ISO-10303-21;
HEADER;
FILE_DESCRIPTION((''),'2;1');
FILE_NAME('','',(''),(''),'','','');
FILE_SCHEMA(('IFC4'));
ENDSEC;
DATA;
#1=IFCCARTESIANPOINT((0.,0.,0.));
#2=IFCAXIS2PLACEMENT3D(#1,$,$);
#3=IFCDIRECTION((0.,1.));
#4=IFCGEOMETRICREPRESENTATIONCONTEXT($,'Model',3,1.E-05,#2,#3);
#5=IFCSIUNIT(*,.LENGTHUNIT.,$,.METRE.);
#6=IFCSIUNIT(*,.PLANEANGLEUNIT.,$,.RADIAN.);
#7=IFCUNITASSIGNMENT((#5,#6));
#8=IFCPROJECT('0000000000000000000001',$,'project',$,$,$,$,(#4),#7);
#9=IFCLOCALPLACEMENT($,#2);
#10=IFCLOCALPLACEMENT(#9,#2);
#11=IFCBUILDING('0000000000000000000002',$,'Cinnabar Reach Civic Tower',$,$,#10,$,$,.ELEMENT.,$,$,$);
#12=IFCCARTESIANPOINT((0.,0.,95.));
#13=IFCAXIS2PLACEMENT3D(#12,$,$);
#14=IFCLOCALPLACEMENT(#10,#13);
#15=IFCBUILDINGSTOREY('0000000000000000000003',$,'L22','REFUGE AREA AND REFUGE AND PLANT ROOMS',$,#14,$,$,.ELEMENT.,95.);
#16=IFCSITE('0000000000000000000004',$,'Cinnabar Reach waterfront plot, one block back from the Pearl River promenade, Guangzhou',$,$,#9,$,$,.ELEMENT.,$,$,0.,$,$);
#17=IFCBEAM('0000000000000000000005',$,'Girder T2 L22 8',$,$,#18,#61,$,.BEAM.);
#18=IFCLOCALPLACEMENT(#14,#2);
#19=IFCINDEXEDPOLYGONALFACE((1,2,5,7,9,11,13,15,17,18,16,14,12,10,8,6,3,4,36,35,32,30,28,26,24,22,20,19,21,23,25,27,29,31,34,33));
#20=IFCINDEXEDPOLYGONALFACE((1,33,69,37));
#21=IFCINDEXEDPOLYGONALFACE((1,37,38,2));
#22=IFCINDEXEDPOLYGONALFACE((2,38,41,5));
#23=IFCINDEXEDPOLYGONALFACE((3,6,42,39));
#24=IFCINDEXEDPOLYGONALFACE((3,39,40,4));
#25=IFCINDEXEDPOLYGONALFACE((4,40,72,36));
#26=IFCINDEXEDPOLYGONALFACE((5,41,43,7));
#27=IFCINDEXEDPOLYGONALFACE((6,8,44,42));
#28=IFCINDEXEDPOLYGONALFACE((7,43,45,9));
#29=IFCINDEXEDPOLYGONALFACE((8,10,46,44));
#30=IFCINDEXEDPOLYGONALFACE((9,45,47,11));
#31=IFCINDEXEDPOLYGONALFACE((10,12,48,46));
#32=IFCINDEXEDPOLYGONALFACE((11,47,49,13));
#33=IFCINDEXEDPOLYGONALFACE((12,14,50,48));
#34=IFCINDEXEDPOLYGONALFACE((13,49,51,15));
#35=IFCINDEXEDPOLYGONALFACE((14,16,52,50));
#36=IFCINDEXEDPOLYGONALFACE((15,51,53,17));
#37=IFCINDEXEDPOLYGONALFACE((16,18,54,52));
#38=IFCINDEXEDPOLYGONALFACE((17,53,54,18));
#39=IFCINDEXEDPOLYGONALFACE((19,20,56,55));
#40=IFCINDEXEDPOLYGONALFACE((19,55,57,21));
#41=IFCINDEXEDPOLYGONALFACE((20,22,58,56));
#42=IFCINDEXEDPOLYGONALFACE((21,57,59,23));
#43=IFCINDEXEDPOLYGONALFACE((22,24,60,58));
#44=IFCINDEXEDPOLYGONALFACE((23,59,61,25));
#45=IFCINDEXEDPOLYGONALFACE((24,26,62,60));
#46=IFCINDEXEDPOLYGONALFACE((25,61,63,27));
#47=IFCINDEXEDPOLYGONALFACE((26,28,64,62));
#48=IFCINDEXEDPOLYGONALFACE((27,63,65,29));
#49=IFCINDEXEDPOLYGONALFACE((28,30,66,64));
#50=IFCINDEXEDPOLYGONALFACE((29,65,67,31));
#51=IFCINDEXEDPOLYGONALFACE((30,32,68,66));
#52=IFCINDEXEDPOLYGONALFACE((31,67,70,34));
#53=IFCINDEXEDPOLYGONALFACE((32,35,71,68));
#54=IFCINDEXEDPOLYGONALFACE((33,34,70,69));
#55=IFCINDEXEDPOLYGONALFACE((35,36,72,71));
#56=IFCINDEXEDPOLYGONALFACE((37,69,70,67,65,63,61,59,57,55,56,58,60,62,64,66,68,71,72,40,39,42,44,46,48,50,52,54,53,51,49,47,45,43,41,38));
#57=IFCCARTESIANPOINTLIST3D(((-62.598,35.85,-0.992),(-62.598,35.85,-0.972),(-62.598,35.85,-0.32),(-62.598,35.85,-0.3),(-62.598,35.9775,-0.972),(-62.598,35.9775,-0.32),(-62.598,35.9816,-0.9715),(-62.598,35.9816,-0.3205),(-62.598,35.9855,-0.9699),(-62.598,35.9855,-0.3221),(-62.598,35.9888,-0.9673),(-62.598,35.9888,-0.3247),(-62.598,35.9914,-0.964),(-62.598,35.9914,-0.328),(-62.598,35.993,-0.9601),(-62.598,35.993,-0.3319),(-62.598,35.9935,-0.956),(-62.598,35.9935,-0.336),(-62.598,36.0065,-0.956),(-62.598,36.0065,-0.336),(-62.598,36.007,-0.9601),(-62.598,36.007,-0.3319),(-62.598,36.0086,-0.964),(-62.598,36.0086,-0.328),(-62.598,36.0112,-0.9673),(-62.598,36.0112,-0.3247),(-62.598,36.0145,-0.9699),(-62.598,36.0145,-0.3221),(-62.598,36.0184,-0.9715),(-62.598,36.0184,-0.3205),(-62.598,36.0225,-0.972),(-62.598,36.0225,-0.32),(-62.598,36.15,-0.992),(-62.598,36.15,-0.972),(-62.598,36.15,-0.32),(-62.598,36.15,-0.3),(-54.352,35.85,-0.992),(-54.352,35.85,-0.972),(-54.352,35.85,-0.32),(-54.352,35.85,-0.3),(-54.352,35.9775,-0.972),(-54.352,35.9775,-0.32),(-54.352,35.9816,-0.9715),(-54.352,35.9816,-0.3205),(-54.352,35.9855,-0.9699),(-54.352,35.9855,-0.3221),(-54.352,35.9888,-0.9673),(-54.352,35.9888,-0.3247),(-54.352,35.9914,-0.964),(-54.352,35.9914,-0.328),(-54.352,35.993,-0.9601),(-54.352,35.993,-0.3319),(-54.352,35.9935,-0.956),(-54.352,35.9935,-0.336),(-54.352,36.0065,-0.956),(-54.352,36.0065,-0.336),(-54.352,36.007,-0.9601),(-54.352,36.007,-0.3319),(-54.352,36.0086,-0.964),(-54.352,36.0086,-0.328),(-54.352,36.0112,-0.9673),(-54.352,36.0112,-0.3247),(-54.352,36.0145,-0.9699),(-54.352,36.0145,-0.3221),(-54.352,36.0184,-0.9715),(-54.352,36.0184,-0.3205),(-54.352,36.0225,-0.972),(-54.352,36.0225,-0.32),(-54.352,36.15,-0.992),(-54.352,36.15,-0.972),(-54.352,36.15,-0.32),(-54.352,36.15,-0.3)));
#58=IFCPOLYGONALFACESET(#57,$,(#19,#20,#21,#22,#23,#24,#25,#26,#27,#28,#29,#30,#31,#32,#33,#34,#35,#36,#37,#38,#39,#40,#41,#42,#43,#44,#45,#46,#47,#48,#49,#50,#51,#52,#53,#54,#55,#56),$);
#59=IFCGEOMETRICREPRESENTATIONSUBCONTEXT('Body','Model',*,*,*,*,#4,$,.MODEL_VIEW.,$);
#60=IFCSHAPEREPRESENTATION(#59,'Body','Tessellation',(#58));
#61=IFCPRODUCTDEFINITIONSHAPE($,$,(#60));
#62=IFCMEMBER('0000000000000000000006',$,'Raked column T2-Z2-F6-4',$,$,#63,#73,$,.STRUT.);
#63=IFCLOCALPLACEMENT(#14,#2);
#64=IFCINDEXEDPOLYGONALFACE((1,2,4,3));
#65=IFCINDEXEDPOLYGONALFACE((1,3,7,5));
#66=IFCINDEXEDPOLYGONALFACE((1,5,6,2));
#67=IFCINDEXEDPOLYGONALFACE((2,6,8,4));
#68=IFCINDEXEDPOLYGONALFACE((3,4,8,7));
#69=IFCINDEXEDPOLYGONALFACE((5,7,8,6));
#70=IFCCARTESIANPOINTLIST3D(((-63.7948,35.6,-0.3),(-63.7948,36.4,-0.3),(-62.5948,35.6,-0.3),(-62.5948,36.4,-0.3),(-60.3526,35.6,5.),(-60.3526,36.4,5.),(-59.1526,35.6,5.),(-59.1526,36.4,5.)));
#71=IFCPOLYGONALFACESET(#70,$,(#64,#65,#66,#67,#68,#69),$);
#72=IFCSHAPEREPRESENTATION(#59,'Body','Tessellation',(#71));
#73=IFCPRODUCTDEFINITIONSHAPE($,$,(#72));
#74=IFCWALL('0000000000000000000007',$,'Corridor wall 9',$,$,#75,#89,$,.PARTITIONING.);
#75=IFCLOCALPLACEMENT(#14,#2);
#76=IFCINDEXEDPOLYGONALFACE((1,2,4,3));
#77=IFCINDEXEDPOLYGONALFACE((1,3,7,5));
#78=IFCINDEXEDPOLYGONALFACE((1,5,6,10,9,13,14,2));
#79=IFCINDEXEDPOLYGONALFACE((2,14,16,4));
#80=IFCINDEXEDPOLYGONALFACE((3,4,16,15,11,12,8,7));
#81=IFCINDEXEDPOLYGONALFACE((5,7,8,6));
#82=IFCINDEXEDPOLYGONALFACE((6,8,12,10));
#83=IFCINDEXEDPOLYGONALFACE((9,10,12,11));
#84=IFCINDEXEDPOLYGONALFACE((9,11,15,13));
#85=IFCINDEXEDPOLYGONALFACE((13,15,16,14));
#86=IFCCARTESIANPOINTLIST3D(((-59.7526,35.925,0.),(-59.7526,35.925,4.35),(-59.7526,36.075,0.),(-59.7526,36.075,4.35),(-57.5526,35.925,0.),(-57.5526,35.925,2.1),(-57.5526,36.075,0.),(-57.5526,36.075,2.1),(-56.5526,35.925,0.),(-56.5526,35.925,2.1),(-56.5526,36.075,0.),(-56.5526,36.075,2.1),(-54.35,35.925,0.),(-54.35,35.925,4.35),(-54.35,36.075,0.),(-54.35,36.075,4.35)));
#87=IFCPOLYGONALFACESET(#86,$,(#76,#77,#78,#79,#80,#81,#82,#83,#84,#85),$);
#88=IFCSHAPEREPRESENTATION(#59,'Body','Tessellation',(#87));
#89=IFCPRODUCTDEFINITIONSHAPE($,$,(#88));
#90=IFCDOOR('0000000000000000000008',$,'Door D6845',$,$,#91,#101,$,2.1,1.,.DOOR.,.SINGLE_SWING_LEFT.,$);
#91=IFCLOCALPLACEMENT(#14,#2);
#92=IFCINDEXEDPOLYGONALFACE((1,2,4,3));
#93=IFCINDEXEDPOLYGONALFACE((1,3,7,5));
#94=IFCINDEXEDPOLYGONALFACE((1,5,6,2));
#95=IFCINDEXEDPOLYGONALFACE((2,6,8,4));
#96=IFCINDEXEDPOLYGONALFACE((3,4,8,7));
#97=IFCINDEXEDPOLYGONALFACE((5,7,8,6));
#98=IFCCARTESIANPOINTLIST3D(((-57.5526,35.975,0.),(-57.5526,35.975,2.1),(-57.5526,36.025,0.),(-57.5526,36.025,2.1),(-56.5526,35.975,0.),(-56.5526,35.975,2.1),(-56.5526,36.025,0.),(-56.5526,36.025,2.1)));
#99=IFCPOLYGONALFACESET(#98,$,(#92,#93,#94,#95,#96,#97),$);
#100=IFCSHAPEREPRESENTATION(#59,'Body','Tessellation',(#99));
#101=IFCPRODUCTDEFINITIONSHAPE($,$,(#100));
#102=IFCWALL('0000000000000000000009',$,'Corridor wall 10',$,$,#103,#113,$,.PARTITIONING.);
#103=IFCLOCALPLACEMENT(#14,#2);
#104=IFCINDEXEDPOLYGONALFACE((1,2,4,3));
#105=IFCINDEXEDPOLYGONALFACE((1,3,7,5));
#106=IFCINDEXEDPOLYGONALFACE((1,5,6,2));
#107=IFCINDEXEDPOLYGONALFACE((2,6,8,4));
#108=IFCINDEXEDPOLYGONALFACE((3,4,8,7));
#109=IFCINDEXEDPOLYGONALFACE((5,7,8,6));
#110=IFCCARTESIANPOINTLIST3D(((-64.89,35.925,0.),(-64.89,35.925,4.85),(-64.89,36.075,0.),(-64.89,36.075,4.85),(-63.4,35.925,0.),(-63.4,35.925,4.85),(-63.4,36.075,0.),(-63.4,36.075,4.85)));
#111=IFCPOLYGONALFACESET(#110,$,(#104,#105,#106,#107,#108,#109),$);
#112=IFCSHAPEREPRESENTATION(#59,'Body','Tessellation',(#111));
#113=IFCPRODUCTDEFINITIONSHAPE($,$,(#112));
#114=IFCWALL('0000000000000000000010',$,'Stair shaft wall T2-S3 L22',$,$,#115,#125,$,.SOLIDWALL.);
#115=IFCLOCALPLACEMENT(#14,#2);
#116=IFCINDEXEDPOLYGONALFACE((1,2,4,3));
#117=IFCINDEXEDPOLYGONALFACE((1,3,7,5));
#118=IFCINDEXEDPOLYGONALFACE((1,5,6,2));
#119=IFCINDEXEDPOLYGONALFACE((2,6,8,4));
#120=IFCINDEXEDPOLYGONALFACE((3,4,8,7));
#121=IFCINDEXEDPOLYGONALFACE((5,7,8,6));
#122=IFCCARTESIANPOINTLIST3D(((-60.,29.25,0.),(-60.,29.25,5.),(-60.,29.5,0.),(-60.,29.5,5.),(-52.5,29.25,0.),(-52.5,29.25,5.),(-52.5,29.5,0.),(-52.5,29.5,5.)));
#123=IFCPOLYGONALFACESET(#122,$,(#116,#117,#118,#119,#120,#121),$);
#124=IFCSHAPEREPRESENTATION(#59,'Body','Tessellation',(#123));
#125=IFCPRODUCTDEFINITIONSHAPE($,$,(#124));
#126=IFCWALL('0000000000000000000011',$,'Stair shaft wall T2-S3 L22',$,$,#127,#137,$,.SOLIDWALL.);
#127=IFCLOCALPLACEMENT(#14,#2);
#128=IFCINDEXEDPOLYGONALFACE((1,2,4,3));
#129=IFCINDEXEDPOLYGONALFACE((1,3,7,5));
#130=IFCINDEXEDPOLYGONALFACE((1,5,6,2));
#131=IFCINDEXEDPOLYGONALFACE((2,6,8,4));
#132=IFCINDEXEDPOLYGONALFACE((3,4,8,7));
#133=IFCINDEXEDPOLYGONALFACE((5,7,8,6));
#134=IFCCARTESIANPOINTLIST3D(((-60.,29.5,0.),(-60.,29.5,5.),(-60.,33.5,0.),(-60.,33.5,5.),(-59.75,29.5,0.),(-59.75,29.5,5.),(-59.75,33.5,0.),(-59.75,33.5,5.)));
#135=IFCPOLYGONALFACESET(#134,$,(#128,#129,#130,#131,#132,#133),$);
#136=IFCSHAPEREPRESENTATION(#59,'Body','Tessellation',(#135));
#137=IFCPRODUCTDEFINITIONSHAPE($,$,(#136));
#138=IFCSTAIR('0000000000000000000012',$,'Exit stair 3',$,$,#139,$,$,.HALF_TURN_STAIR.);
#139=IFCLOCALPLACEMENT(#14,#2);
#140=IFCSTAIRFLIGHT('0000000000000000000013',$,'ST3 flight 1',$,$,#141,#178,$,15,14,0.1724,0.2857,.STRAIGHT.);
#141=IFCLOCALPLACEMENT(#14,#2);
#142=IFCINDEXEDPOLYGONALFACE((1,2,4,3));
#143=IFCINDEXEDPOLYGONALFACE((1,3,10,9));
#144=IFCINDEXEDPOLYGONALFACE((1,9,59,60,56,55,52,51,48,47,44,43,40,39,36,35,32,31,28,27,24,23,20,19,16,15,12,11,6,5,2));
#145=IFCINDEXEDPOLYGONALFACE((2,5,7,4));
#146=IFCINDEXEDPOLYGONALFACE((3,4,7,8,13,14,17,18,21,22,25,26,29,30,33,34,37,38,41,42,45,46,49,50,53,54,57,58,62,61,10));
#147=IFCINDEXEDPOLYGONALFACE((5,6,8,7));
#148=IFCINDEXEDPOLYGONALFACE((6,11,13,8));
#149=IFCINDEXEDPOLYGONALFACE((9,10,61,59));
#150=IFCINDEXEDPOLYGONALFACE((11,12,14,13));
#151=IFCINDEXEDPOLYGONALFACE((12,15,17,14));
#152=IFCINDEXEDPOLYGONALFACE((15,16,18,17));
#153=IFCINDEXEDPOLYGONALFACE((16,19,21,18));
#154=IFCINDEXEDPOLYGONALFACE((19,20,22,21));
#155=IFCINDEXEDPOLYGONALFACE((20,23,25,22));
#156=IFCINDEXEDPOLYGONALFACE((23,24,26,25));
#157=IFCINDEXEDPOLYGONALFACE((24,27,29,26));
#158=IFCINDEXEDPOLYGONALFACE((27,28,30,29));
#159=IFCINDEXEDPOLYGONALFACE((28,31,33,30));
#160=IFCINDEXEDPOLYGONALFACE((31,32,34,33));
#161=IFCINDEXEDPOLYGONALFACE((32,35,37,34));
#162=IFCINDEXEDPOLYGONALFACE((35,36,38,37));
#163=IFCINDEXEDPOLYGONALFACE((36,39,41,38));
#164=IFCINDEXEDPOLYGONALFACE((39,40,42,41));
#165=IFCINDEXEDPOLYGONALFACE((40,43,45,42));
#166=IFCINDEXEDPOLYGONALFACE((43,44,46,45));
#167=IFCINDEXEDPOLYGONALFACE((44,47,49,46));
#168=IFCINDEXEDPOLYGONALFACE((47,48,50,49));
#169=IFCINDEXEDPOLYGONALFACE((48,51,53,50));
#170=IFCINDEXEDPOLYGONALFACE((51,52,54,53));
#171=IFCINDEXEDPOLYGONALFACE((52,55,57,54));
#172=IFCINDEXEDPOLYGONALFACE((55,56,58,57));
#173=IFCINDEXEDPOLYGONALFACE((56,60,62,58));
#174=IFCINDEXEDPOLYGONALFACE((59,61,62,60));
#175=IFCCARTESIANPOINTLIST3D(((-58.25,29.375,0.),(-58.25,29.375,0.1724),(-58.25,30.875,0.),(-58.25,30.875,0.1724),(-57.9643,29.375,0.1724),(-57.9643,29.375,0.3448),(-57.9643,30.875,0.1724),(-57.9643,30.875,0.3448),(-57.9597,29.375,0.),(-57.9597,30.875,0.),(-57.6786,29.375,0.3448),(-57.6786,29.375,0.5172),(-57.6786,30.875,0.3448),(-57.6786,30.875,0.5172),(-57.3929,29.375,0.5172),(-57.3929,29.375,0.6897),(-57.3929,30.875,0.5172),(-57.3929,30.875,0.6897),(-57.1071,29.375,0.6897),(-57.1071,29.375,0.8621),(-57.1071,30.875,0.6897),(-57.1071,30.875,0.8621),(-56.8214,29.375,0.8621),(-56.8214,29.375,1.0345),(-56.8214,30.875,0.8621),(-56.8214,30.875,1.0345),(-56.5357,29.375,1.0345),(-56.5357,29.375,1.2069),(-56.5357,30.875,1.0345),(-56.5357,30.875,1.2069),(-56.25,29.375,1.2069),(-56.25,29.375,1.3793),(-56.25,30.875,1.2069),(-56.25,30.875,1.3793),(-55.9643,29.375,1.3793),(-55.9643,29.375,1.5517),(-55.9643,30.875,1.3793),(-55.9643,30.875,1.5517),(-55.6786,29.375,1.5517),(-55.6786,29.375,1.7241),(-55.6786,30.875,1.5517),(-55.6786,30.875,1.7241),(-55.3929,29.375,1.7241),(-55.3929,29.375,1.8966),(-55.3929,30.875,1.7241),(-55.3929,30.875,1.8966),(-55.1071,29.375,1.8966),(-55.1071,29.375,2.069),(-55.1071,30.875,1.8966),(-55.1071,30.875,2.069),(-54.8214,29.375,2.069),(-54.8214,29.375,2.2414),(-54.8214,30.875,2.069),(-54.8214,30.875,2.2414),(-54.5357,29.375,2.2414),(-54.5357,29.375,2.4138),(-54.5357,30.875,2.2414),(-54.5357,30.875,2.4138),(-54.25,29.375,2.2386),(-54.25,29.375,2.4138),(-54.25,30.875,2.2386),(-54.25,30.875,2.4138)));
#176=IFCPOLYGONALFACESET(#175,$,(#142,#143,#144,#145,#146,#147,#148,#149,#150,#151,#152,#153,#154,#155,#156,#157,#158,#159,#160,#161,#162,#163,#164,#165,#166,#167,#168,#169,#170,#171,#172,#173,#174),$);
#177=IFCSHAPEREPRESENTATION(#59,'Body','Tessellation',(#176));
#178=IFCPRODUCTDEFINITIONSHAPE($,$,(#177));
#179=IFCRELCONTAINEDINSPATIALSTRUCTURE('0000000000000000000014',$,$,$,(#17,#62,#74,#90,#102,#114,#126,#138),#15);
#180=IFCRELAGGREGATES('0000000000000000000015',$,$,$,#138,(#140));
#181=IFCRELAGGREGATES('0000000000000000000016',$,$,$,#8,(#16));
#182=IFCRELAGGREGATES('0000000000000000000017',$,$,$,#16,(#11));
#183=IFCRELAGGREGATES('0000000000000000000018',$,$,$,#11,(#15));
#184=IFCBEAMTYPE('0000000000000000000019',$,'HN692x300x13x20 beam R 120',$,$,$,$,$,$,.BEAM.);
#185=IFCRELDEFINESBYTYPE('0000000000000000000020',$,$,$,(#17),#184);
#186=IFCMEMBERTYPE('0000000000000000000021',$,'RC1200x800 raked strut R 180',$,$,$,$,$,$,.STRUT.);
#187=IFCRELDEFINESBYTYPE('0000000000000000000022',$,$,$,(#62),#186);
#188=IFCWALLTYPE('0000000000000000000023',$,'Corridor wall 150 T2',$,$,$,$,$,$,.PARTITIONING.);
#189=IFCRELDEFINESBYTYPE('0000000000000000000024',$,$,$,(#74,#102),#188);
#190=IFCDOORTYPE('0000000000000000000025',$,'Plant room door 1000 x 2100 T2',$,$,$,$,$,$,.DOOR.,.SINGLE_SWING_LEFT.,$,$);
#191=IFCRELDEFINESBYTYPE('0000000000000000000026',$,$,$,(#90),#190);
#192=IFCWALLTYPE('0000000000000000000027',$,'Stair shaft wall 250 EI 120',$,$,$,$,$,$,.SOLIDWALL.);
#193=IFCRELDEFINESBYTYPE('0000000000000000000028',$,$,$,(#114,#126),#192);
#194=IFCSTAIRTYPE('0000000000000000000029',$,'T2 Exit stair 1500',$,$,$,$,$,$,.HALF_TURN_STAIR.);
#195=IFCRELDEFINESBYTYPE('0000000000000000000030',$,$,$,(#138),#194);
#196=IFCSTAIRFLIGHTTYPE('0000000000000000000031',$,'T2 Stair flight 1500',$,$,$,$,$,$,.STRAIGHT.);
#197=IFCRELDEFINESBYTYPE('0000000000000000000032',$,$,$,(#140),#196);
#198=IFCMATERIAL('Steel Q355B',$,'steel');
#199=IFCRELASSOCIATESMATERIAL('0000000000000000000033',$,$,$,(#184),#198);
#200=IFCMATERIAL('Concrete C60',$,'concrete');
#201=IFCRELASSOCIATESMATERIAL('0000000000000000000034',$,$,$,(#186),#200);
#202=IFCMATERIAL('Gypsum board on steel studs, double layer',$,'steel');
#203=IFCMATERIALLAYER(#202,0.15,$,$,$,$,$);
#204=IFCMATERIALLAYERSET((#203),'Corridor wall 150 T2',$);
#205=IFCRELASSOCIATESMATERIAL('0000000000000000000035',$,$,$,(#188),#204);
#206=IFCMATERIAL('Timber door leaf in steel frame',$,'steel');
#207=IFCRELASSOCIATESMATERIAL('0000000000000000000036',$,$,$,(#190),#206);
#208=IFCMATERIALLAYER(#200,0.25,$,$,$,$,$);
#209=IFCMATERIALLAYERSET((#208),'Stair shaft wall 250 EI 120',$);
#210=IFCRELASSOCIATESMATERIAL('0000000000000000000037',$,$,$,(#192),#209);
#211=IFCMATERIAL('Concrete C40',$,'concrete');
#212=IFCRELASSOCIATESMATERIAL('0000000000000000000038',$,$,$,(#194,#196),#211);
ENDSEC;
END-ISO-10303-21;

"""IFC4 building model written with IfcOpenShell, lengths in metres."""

from ifc_helpers import new_model, si_unit, direction, frame, frame_2d, origin, origin_2d, place, context, subcontext, project, spatial, polyline, rectangle, i_section, outline, extrude, material, layer, layer_set, material_profile, profile_set, type_object, element, fill, aggregate, save


model = new_model("IFC4")

# Units and contexts
model_context = context("Model", 3, precision=1e-05, world=origin(), true_north=direction((0.0, 1.0)))
body_context = subcontext(model_context, "Body", "Model", "MODEL_VIEW")
ifc_project = project(units=[si_unit("LENGTHUNIT", "METRE"), si_unit("PLANEANGLEUNIT", "RADIAN")], contexts=[model_context])

# Site, building, storey
site_placement = place(None, origin())
site = spatial("IfcSite", under=ifc_project, at=site_placement, Name="Cinnabar Reach waterfront plot, one block back from the Pearl River promenade, Guangzhou", CompositionType="ELEMENT", RefElevation=0.0)
building_placement = place(site_placement, origin())
building = spatial("IfcBuilding", under=site, at=building_placement, Name="Cinnabar Reach Civic Tower", CompositionType="ELEMENT")
storey_placement = place(building_placement, frame((0.0, 0.0, 95.0)))
storey = spatial("IfcBuildingStorey", under=building, at=storey_placement, Name="L22", Description="REFUGE AREA AND REFUGE AND PLANT ROOMS", CompositionType="ELEMENT", Elevation=95.0)

# Shared definitions
ifc_material_1 = material(Name="Concrete C60", Category="concrete")

# Beam
ifc_material_2 = material(Name="Steel Q355B", Category="steel")
ifc_material_profile_1 = material_profile(ifc_material_2, i_section(OverallWidth=0.3, OverallDepth=0.692, WebThickness=0.013, FlangeThickness=0.02, FilletRadius=0.016, at=origin_2d()), Name="HN692x300x13x20")
ifc_profile_set_1 = profile_set([ifc_material_profile_1], Name="Steel Q355B")
beam_type_1 = type_object("IfcBeamType", Name="HN692x300x13x20 beam R 120", PredefinedType="BEAM", material=ifc_profile_set_1)
beam_1_placement = place(storey_placement, frame((-62.598, 36.0, -0.646), z_axis=(1.0, 0.0, 0.0), x_axis=(0.0, 1.0, 0.0)))
element("IfcBeam", 1, at=beam_1_placement, inside=storey, type_object=beam_type_1, Name="Girder T2 L22 8", PredefinedType="BEAM", context=body_context, shape_type="SweptSolid", body=[
    extrude(i_section(OverallWidth=0.3, OverallDepth=0.692, WebThickness=0.013, FlangeThickness=0.02, FilletRadius=0.016, at=origin_2d()), origin(), (0.0, 0.0, 1.0), 8.246),
])

# Member
ifc_material_profile_2 = material_profile(ifc_material_1, rectangle(XDim=1.2, YDim=0.8, at=origin_2d()), Name="RC1200x800")
ifc_profile_set_2 = profile_set([ifc_material_profile_2], Name="Concrete C60")
member_type = type_object("IfcMemberType", Name="RC1200x800 raked strut R 180", PredefinedType="STRUT", material=ifc_profile_set_2)
member_placement = place(storey_placement, frame((-63.1948, 36.0, -0.3), z_axis=(0.0, 0.0, 1.0), x_axis=(1.0, 0.0, 0.0)))
element("IfcMember", 2, at=member_placement, inside=storey, type_object=member_type, Name="Raked column T2-Z2-F6-4", PredefinedType="STRUT", context=body_context, shape_type="SweptSolid", body=[
    extrude(rectangle(XDim=1.2, YDim=0.8, at=origin_2d()), origin(), (0.544677, 0.0, 0.838646), 6.3197),
])

# Wall, opening, door
ifc_material_3 = material(Name="Gypsum board on steel studs, double layer", Category="steel")
ifc_layer_1 = layer(ifc_material_3, 0.15)
ifc_layer_set_1 = layer_set([ifc_layer_1], Name="Corridor wall 150 T2")
wall_type_1 = type_object("IfcWallType", Name="Corridor wall 150 T2", PredefinedType="PARTITIONING", material=ifc_layer_set_1)
wall_1_placement = place(storey_placement, frame((-59.7526, 36.0, 0.0), z_axis=(0.0, 0.0, 1.0), x_axis=(1.0, 0.0, 0.0)))
wall_1 = element("IfcWall", 3, at=wall_1_placement, inside=storey, type_object=wall_type_1, Name="Corridor wall 9", PredefinedType="PARTITIONING", context=body_context, shape_type="SweptSolid", body=[
    extrude(rectangle(XDim=5.4026, YDim=0.15, at=frame_2d((2.7013, 0.0))), origin(), (0.0, 0.0, 1.0), 4.35),
])
opening_placement = place(wall_1_placement, frame((2.2, 0.0, 0.0)))
opening = element("IfcOpeningElement", 4, at=opening_placement, cuts=wall_1, PredefinedType="OPENING", context=body_context, shape_type="SweptSolid", body=[
    extrude(rectangle(XDim=1.0, YDim=2.1, at=frame_2d((0.5, 1.05))), frame((0.0, 0.085, 0.0), z_axis=(0.0, -1.0, 0.0), x_axis=(1.0, 0.0, 0.0)), (0.0, 0.0, 1.0), 0.17),
])
ifc_material_4 = material(Name="Timber door leaf in steel frame", Category="steel")
door_type = type_object("IfcDoorType", Name="Plant room door 1000 x 2100 T2", OperationType="SINGLE_SWING_LEFT", PredefinedType="DOOR", material=ifc_material_4)
door_placement = place(opening_placement, origin())
door = element("IfcDoor", 5, at=door_placement, inside=storey, type_object=door_type, Name="Door D6845", OperationType="SINGLE_SWING_LEFT", OverallHeight=2.1, OverallWidth=1.0, PredefinedType="DOOR", context=body_context, shape_type="SweptSolid", body=[
    extrude(rectangle(XDim=1.0, YDim=2.1, at=frame_2d((0.5, 1.05))), frame((0.0, 0.025, 0.0), z_axis=(0.0, -1.0, 0.0), x_axis=(1.0, 0.0, 0.0)), (0.0, 0.0, 1.0), 0.05),
])
fill(opening, door)

# Walls
wall_2_placement = place(storey_placement, frame((-64.89, 36.0, 0.0), z_axis=(0.0, 0.0, 1.0), x_axis=(1.0, 0.0, 0.0)))
element("IfcWall", 6, at=wall_2_placement, inside=storey, type_object=wall_type_1, Name="Corridor wall 10", PredefinedType="PARTITIONING", context=body_context, shape_type="SweptSolid", body=[
    extrude(rectangle(XDim=1.49, YDim=0.15, at=frame_2d((0.745, 0.0))), origin(), (0.0, 0.0, 1.0), 4.85),
])
ifc_layer_2 = layer(ifc_material_1, 0.25)
ifc_layer_set_2 = layer_set([ifc_layer_2], Name="Stair shaft wall 250 EI 120")
wall_type_2 = type_object("IfcWallType", Name="Stair shaft wall 250 EI 120", PredefinedType="SOLIDWALL", material=ifc_layer_set_2)
wall_3_placement = place(storey_placement, frame((-60.0, 29.375, 0.0), z_axis=(0.0, 0.0, 1.0), x_axis=(1.0, 0.0, 0.0)))
element("IfcWall", 7, at=wall_3_placement, inside=storey, type_object=wall_type_2, Name="Stair shaft wall T2-S3 L22", PredefinedType="SOLIDWALL", context=body_context, shape_type="SweptSolid", body=[
    extrude(rectangle(XDim=7.5, YDim=0.25, at=frame_2d((3.75, 0.0))), origin(), (0.0, 0.0, 1.0), 5.0),
])
wall_4_placement = place(storey_placement, frame((-59.875, 33.5, 0.0), z_axis=(0.0, 0.0, 1.0), x_axis=(0.0, -1.0, 0.0)))
element("IfcWall", 8, at=wall_4_placement, inside=storey, type_object=wall_type_2, Name="Stair shaft wall T2-S3 L22", PredefinedType="SOLIDWALL", context=body_context, shape_type="SweptSolid", body=[
    extrude(rectangle(XDim=4.0, YDim=0.25, at=frame_2d((2.0, 0.0))), origin(), (0.0, 0.0, 1.0), 5.0),
])

# Stair, stair flight
ifc_material_5 = material(Name="Concrete C40", Category="concrete")
stair_type = type_object("IfcStairType", Name="T2 Exit stair 1500", PredefinedType="HALF_TURN_STAIR", material=ifc_material_5)
stair_placement = place(storey_placement, origin())
stair = element("IfcStair", 9, at=stair_placement, inside=storey, type_object=stair_type, Name="Exit stair 3", PredefinedType="HALF_TURN_STAIR")
stair_flight_type = type_object("IfcStairFlightType", Name="T2 Stair flight 1500", PredefinedType="STRAIGHT", material=ifc_material_5)
stair_flight_1_placement = place(storey_placement, frame((-58.25, 30.125, 0.0), z_axis=(0.0, 0.0, 1.0), x_axis=(1.0, 0.0, 0.0)))
stair_flight_1 = element("IfcStairFlight", 10, at=stair_flight_1_placement, type_object=stair_flight_type, Name="ST3 flight 1", NumberOfRisers=15, NumberOfTreads=14, PredefinedType="STRAIGHT", RiserHeight=0.1724, TreadLength=0.2857, context=body_context, shape_type="SweptSolid", body=[
    extrude(outline(polyline([(0.0, 0.0), (0.0, 0.1724), (0.2857, 0.1724), (0.2857, 0.3448), (0.5714, 0.3448), (0.5714, 0.5172), (0.8571, 0.5172), (0.8571, 0.6897), (1.1429, 0.6897), (1.1429, 0.8621), (1.4286, 0.8621), (1.4286, 1.0345), (1.7143, 1.0345), (1.7143, 1.2069), (2.0, 1.2069), (2.0, 1.3793), (2.2857, 1.3793), (2.2857, 1.5517), (2.5714, 1.5517), (2.5714, 1.7241), (2.8571, 1.7241), (2.8571, 1.8966), (3.1429, 1.8966), (3.1429, 2.069), (3.4286, 2.069), (3.4286, 2.2414), (3.7143, 2.2414), (3.7143, 2.4138), (4.0, 2.4138), (4.0, 2.5862), (4.0, 2.2386), (0.2903, 0.0), (0.0, 0.0)])), frame((0.0, 0.75, 0.0), z_axis=(0.0, -1.0, 0.0), x_axis=(1.0, 0.0, 0.0)), (0.0, 0.0, 1.0), 1.5),
])
aggregate(stair, [stair_flight_1])

save(model, "model.ifc")
